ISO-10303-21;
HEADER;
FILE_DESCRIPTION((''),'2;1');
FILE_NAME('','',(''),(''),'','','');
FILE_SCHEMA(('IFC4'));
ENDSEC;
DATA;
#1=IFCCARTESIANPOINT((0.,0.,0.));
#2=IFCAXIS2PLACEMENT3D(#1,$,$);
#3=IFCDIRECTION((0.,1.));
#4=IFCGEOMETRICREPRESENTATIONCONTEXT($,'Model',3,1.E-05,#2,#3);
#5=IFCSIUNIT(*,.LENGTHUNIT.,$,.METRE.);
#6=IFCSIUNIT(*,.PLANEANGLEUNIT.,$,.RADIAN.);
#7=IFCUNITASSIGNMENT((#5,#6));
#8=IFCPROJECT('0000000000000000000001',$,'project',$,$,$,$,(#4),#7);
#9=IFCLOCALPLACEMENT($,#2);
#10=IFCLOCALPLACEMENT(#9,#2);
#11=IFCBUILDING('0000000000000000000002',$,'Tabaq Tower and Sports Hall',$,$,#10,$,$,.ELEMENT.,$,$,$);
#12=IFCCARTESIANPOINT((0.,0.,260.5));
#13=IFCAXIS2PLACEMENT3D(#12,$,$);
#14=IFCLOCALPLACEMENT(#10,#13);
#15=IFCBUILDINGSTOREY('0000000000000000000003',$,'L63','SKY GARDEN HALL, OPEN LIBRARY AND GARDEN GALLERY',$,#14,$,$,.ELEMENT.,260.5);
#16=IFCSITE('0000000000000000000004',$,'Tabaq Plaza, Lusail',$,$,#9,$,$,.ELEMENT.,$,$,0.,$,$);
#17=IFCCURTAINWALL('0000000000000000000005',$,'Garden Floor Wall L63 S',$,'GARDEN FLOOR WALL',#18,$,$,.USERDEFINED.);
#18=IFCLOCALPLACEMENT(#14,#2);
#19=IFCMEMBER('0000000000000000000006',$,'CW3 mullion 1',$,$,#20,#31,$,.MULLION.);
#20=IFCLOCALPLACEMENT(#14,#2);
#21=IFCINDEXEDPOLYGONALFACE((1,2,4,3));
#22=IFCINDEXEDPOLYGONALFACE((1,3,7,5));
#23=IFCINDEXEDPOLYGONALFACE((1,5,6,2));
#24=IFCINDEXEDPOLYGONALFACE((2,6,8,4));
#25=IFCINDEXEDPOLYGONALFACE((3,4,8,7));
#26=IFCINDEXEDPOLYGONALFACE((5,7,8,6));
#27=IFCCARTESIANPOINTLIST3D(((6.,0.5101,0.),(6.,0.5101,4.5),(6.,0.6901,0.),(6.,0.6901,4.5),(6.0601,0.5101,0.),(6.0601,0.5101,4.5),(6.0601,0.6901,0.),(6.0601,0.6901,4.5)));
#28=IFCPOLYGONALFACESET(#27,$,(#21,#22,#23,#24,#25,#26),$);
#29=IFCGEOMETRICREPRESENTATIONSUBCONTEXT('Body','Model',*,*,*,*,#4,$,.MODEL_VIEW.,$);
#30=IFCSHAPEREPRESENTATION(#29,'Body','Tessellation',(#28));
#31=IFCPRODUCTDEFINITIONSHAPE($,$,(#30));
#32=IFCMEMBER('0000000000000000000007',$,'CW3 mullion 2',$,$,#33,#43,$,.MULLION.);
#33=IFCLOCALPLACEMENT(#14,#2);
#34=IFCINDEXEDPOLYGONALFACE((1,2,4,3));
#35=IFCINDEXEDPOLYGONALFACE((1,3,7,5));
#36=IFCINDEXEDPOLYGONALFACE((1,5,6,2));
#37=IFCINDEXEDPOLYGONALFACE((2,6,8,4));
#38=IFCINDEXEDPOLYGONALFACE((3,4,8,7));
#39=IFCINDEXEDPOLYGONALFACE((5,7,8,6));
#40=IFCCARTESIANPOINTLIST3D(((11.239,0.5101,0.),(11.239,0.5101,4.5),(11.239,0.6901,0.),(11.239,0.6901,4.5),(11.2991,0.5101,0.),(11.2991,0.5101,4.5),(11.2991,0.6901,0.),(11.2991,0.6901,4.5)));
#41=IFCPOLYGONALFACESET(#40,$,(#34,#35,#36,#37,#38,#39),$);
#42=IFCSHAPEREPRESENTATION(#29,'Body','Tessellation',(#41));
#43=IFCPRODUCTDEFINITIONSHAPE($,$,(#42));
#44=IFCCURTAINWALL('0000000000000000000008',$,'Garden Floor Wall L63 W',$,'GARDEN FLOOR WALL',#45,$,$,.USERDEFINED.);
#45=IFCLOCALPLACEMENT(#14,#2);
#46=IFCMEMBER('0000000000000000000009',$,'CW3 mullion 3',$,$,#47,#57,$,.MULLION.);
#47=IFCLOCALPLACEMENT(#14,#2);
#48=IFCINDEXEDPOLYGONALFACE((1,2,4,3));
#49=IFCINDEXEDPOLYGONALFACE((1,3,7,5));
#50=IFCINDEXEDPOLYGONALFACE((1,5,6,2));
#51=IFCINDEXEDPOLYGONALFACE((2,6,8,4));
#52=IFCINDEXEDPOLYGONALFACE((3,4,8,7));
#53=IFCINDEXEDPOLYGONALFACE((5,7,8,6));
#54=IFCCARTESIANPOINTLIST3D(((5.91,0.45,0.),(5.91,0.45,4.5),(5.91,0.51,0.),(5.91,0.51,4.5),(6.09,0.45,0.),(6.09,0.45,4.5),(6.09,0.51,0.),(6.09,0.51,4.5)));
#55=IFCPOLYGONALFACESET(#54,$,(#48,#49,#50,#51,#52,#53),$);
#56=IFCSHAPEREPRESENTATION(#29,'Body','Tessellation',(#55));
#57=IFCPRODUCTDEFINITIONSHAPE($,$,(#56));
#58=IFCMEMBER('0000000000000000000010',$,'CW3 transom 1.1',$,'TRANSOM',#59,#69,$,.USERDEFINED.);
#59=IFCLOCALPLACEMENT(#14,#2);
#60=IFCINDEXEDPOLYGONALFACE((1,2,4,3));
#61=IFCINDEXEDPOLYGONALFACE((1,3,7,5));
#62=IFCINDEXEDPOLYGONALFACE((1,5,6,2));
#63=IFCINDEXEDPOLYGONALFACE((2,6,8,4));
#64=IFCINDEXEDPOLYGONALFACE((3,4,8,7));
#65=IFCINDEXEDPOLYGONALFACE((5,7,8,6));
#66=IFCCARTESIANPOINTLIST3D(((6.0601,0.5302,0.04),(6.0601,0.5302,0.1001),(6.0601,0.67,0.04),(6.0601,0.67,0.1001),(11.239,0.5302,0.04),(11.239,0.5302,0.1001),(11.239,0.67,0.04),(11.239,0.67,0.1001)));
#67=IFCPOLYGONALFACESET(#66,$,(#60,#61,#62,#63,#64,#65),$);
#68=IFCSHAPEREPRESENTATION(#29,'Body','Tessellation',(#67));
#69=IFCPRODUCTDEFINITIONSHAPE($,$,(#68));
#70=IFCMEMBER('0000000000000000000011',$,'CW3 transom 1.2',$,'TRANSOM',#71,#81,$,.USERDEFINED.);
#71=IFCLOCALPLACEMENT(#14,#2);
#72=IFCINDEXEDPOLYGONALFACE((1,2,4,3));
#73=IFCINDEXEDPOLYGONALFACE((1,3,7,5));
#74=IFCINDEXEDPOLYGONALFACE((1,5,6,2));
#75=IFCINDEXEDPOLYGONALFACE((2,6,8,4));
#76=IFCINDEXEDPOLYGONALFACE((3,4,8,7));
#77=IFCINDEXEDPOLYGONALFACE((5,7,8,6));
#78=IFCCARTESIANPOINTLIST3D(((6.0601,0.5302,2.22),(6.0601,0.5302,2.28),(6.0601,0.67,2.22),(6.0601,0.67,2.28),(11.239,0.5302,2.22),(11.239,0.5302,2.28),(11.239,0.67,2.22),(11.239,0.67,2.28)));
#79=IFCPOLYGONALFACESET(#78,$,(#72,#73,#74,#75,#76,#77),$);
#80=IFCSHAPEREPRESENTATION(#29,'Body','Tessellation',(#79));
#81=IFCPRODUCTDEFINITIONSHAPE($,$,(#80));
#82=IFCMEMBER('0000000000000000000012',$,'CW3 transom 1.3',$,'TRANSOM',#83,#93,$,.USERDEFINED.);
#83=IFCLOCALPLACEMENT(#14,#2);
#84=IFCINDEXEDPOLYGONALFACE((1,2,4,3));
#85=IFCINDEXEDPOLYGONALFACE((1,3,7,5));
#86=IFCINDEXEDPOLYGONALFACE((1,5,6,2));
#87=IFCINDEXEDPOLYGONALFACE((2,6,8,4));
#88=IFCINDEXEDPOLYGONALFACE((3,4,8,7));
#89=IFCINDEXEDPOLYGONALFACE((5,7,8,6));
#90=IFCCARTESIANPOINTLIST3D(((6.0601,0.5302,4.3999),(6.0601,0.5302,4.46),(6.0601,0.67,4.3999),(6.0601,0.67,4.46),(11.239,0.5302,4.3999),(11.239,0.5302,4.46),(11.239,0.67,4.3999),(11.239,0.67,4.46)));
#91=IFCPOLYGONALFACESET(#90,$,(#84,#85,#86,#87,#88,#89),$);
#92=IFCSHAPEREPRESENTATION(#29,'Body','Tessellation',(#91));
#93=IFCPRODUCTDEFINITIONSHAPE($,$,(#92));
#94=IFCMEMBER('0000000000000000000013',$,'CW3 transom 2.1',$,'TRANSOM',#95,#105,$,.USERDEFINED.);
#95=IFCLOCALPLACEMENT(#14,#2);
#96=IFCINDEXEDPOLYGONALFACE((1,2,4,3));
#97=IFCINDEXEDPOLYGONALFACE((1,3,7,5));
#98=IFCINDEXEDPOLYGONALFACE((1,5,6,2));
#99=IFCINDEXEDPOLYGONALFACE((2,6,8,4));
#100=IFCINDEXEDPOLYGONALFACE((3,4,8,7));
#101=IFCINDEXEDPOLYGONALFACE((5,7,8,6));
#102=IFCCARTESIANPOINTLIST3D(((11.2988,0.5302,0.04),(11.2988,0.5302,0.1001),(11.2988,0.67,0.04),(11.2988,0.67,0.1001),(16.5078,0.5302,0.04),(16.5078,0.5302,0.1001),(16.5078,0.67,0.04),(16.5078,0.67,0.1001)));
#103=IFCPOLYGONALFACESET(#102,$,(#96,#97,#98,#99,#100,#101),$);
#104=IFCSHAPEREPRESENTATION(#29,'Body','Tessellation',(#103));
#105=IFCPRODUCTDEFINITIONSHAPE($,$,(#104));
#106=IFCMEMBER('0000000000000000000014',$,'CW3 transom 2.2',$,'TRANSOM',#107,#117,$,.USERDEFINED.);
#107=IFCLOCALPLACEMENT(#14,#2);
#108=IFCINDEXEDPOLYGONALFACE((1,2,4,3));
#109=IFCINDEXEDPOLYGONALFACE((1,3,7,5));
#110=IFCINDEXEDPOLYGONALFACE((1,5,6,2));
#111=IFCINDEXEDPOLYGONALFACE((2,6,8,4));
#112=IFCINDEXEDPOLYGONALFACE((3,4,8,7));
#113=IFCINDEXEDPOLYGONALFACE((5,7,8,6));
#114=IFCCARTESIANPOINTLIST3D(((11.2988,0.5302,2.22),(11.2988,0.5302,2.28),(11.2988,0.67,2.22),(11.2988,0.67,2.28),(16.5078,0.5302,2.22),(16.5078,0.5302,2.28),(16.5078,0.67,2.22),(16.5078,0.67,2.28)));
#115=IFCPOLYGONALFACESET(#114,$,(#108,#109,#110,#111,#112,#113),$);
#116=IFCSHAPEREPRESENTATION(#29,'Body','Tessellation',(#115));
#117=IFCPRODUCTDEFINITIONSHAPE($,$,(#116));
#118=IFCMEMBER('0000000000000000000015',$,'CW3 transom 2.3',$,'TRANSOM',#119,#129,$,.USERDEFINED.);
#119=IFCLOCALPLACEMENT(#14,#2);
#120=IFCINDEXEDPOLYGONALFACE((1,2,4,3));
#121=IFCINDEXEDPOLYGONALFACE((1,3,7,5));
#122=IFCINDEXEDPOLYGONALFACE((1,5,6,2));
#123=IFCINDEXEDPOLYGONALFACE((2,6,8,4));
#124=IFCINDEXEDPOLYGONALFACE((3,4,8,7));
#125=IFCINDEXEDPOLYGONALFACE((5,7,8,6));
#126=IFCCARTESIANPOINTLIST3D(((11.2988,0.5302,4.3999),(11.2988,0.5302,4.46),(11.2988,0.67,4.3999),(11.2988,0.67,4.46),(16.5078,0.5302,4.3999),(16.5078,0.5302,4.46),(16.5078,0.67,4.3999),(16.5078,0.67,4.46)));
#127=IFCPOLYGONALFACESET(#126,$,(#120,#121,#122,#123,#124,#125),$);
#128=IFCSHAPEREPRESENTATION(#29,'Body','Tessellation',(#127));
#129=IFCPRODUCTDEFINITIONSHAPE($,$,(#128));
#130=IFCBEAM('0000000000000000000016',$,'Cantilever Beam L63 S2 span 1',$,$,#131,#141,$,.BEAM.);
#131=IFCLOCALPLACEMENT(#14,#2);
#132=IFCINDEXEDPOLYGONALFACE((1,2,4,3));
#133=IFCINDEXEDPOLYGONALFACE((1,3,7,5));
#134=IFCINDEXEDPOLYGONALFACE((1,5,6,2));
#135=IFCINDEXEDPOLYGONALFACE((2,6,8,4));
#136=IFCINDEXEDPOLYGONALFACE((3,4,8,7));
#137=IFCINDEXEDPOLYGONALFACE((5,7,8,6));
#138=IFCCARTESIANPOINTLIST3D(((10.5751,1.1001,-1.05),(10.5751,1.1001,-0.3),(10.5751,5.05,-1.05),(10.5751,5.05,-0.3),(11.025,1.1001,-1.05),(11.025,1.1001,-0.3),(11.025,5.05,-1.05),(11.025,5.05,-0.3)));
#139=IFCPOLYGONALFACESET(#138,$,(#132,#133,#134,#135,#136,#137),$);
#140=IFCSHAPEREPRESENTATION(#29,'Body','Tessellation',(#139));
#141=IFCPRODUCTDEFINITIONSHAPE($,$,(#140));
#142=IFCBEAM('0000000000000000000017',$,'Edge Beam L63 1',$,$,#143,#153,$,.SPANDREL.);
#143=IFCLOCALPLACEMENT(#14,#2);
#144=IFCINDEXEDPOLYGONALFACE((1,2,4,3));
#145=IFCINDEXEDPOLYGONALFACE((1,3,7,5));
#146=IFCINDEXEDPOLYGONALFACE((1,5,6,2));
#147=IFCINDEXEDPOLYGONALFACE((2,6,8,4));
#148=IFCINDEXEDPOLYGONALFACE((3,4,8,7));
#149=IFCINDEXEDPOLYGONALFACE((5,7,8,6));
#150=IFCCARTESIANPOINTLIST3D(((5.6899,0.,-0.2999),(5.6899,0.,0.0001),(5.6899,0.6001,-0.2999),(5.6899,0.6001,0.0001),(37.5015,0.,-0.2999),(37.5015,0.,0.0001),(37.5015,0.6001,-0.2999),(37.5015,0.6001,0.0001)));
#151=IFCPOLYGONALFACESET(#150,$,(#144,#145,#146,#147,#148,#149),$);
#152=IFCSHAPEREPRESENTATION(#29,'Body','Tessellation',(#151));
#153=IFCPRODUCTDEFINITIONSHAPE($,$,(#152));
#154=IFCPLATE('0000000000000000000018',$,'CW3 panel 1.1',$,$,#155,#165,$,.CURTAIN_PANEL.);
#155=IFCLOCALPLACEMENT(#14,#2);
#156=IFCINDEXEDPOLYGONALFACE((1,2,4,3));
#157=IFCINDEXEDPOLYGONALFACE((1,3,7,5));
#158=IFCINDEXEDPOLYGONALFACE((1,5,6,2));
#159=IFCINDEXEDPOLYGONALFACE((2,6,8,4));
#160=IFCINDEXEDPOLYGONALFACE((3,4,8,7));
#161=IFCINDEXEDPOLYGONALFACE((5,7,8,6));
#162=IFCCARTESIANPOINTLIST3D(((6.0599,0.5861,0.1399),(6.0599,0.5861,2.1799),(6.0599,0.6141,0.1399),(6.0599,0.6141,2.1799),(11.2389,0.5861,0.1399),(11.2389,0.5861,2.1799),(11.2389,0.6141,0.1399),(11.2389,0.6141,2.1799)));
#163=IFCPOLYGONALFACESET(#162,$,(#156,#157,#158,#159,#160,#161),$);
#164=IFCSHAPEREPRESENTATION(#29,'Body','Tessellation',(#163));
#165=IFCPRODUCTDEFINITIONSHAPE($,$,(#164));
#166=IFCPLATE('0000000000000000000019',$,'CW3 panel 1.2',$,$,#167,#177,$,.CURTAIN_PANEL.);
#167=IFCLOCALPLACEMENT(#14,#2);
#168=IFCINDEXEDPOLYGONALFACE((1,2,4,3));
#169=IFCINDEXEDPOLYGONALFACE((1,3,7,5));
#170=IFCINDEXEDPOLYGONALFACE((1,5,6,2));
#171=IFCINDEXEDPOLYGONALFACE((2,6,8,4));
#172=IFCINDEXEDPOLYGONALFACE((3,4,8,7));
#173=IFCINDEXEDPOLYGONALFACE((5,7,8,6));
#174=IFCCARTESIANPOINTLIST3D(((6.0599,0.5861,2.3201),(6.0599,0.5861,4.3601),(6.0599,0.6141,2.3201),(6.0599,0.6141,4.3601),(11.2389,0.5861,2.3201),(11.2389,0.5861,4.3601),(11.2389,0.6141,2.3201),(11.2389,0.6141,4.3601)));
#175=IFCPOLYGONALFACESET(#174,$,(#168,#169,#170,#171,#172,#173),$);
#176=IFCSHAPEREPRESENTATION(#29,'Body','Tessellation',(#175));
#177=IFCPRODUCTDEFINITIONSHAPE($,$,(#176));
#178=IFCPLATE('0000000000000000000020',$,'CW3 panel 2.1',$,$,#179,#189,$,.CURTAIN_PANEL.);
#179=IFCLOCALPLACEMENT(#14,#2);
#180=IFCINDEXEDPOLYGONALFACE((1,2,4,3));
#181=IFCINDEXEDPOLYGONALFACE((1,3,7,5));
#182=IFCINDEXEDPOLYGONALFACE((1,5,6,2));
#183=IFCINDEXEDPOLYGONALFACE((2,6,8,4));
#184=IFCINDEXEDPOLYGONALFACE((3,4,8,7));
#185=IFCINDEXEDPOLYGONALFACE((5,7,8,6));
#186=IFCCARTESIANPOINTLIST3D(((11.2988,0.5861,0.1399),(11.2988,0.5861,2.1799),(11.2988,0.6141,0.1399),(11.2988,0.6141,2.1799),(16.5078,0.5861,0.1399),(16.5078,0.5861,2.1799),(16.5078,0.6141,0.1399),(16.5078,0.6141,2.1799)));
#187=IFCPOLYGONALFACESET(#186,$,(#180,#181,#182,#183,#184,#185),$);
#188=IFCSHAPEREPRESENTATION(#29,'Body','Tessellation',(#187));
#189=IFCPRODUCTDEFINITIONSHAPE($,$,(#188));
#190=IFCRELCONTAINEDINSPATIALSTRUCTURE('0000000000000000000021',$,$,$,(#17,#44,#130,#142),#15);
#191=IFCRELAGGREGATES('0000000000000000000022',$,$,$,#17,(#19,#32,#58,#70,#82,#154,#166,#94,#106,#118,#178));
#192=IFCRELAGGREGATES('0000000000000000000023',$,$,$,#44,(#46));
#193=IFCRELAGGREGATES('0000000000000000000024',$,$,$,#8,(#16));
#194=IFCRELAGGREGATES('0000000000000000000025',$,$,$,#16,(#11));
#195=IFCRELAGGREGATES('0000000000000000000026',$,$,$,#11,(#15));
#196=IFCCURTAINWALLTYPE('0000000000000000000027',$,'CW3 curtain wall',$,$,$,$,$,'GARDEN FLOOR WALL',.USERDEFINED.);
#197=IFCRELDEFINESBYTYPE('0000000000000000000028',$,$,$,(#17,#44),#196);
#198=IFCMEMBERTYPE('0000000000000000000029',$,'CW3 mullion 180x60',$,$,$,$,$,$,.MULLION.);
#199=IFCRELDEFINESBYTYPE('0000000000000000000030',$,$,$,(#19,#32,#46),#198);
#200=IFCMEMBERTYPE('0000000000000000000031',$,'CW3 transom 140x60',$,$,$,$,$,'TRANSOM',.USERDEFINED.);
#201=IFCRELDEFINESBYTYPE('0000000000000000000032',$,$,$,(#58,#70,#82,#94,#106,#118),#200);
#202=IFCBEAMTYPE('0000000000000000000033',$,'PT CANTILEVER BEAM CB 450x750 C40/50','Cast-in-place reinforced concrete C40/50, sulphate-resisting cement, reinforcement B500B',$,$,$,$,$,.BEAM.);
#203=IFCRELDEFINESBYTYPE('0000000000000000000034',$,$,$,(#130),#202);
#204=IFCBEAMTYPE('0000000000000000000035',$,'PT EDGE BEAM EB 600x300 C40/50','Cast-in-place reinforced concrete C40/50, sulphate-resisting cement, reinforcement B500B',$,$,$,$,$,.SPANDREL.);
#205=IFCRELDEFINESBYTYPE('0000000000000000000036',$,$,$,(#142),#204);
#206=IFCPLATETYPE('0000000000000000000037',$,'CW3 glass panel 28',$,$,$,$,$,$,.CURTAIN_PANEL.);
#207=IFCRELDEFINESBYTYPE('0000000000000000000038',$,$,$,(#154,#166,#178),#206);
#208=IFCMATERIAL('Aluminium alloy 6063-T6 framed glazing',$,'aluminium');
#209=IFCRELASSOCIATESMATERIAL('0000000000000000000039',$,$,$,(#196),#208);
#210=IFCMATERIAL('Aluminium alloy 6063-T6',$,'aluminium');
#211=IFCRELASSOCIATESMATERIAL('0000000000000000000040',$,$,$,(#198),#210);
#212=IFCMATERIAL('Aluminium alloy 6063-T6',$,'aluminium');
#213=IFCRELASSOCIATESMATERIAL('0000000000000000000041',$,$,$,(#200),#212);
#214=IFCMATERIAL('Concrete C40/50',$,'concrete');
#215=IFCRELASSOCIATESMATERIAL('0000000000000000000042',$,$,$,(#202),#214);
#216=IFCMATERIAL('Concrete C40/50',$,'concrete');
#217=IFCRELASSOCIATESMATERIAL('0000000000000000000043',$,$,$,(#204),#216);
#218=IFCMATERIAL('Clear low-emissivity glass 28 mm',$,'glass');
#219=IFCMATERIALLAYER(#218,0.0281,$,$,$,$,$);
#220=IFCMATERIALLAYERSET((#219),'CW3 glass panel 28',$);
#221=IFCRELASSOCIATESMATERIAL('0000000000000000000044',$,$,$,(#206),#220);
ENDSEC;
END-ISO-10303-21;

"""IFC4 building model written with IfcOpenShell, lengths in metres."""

from ifc_helpers import new_model, si_unit, direction, frame, origin, origin_2d, place, context, subcontext, project, spatial, rectangle, extrude, material, layer, layer_set, material_profile, profile_set, type_object, element, aggregate, save


model = new_model("IFC4")

# Units and contexts
model_context = context("Model", 3, precision=1e-05, world=origin(), true_north=direction((0.0, 1.0)))
body_context = subcontext(model_context, "Body", "Model", "MODEL_VIEW")
ifc_project = project(units=[si_unit("LENGTHUNIT", "METRE"), si_unit("PLANEANGLEUNIT", "RADIAN")], contexts=[model_context])

# Site, building, storey
site_placement = place(None, origin())
site = spatial("IfcSite", under=ifc_project, at=site_placement, Name="Tabaq Plaza, Lusail", CompositionType="ELEMENT", RefElevation=0.0)
building_placement = place(site_placement, origin())
building = spatial("IfcBuilding", under=site, at=building_placement, Name="Tabaq Tower and Sports Hall", CompositionType="ELEMENT")
storey_placement = place(building_placement, frame((0.0, 0.0, 260.5)))
storey = spatial("IfcBuildingStorey", under=building, at=storey_placement, Name="L63", Description="SKY GARDEN HALL, OPEN LIBRARY AND GARDEN GALLERY", CompositionType="ELEMENT", Elevation=260.5)

# Curtain wall, members
ifc_material_1 = material(Name="Aluminium alloy 6063-T6 framed glazing", Category="aluminium")
curtain_wall_type = type_object("IfcCurtainWallType", Name="CW3 curtain wall", ElementType="GARDEN FLOOR WALL", PredefinedType="USERDEFINED", material=ifc_material_1)
curtain_wall_1_placement = place(storey_placement, origin())
curtain_wall_1 = element("IfcCurtainWall", 1, at=curtain_wall_1_placement, inside=storey, type_object=curtain_wall_type, Name="Garden Floor Wall L63 S", ObjectType="GARDEN FLOOR WALL", PredefinedType="USERDEFINED")
ifc_material_2 = material(Name="Aluminium alloy 6063-T6", Category="aluminium")
ifc_material_profile_1 = material_profile(ifc_material_2, rectangle(XDim=0.1799, YDim=0.0601, at=origin_2d()), Name="MULLION 180x60")
ifc_profile_set_1 = profile_set([ifc_material_profile_1], Name="Aluminium alloy 6063-T6")
member_type_1 = type_object("IfcMemberType", Name="CW3 mullion 180x60", PredefinedType="MULLION", material=ifc_profile_set_1)
member_1_placement = place(storey_placement, frame((6.03, 0.6001, 0.0), z_axis=(0.0, 0.0, 1.0), x_axis=(0.0, 1.0, 0.0)))
member_1 = element("IfcMember", 2, at=member_1_placement, type_object=member_type_1, Name="CW3 mullion 1", PredefinedType="MULLION", context=body_context, shape_type="SweptSolid", body=[
    extrude(rectangle(XDim=0.1799, YDim=0.0601, at=origin_2d()), origin(), (0.0, 0.0, 1.0), 4.5),
])
member_2_placement = place(storey_placement, frame((11.269, 0.6001, 0.0), z_axis=(0.0, 0.0, 1.0), x_axis=(0.0, 1.0, 0.0)))
member_2 = element("IfcMember", 3, at=member_2_placement, type_object=member_type_1, Name="CW3 mullion 2", PredefinedType="MULLION", context=body_context, shape_type="SweptSolid", body=[
    extrude(rectangle(XDim=0.1799, YDim=0.0601, at=origin_2d()), origin(), (0.0, 0.0, 1.0), 4.5),
])

# Curtain wall, member
curtain_wall_2_placement = place(storey_placement, origin())
curtain_wall_2 = element("IfcCurtainWall", 4, at=curtain_wall_2_placement, inside=storey, type_object=curtain_wall_type, Name="Garden Floor Wall L63 W", ObjectType="GARDEN FLOOR WALL", PredefinedType="USERDEFINED")
member_3_placement = place(storey_placement, frame((6.0, 0.48, 0.0), z_axis=(0.0, 0.0, 1.0), x_axis=(1.0, 0.0, 0.0)))
member_3 = element("IfcMember", 5, at=member_3_placement, type_object=member_type_1, Name="CW3 mullion 3", PredefinedType="MULLION", context=body_context, shape_type="SweptSolid", body=[
    extrude(rectangle(XDim=0.1799, YDim=0.0601, at=origin_2d()), origin(), (0.0, 0.0, 1.0), 4.5),
])

# Members
ifc_material_3 = material(Name="Aluminium alloy 6063-T6", Category="aluminium")
ifc_material_profile_2 = material_profile(ifc_material_3, rectangle(XDim=0.1399, YDim=0.0601, at=origin_2d()), Name="TRANSOM 140x60")
ifc_profile_set_2 = profile_set([ifc_material_profile_2], Name="Aluminium alloy 6063-T6")
member_type_2 = type_object("IfcMemberType", Name="CW3 transom 140x60", ElementType="TRANSOM", PredefinedType="USERDEFINED", material=ifc_profile_set_2)
member_4_placement = place(storey_placement, frame((6.0601, 0.6001, 0.0701), z_axis=(1.0, 0.0, 0.0), x_axis=(0.0, 1.0, 0.0)))
member_4 = element("IfcMember", 6, at=member_4_placement, type_object=member_type_2, Name="CW3 transom 1.1", ObjectType="TRANSOM", PredefinedType="USERDEFINED", context=body_context, shape_type="SweptSolid", body=[
    extrude(rectangle(XDim=0.1399, YDim=0.0601, at=origin_2d()), origin(), (0.0, 0.0, 1.0), 5.179),
])
member_5_placement = place(storey_placement, frame((6.0601, 0.6001, 2.25), z_axis=(1.0, 0.0, 0.0), x_axis=(0.0, 1.0, 0.0)))
member_5 = element("IfcMember", 7, at=member_5_placement, type_object=member_type_2, Name="CW3 transom 1.2", ObjectType="TRANSOM", PredefinedType="USERDEFINED", context=body_context, shape_type="SweptSolid", body=[
    extrude(rectangle(XDim=0.1399, YDim=0.0601, at=origin_2d()), origin(), (0.0, 0.0, 1.0), 5.179),
])
member_6_placement = place(storey_placement, frame((6.0601, 0.6001, 4.4299), z_axis=(1.0, 0.0, 0.0), x_axis=(0.0, 1.0, 0.0)))
member_6 = element("IfcMember", 8, at=member_6_placement, type_object=member_type_2, Name="CW3 transom 1.3", ObjectType="TRANSOM", PredefinedType="USERDEFINED", context=body_context, shape_type="SweptSolid", body=[
    extrude(rectangle(XDim=0.1399, YDim=0.0601, at=origin_2d()), origin(), (0.0, 0.0, 1.0), 5.179),
])
member_7_placement = place(storey_placement, frame((11.2988, 0.6001, 0.0701), z_axis=(1.0, 0.0, 0.0), x_axis=(0.0, 1.0, 0.0)))
member_7 = element("IfcMember", 9, at=member_7_placement, type_object=member_type_2, Name="CW3 transom 2.1", ObjectType="TRANSOM", PredefinedType="USERDEFINED", context=body_context, shape_type="SweptSolid", body=[
    extrude(rectangle(XDim=0.1399, YDim=0.0601, at=origin_2d()), origin(), (0.0, 0.0, 1.0), 5.209),
])
member_8_placement = place(storey_placement, frame((11.2988, 0.6001, 2.25), z_axis=(1.0, 0.0, 0.0), x_axis=(0.0, 1.0, 0.0)))
member_8 = element("IfcMember", 10, at=member_8_placement, type_object=member_type_2, Name="CW3 transom 2.2", ObjectType="TRANSOM", PredefinedType="USERDEFINED", context=body_context, shape_type="SweptSolid", body=[
    extrude(rectangle(XDim=0.1399, YDim=0.0601, at=origin_2d()), origin(), (0.0, 0.0, 1.0), 5.209),
])
member_9_placement = place(storey_placement, frame((11.2988, 0.6001, 4.4299), z_axis=(1.0, 0.0, 0.0), x_axis=(0.0, 1.0, 0.0)))
member_9 = element("IfcMember", 11, at=member_9_placement, type_object=member_type_2, Name="CW3 transom 2.3", ObjectType="TRANSOM", PredefinedType="USERDEFINED", context=body_context, shape_type="SweptSolid", body=[
    extrude(rectangle(XDim=0.1399, YDim=0.0601, at=origin_2d()), origin(), (0.0, 0.0, 1.0), 5.209),
])

# Beams
ifc_material_4 = material(Name="Concrete C40/50", Category="concrete")
ifc_material_profile_3 = material_profile(ifc_material_4, rectangle(XDim=0.45, YDim=0.75, at=origin_2d()), Name="CB 450x750")
ifc_profile_set_3 = profile_set([ifc_material_profile_3], Name="Concrete C40/50")
beam_type_1 = type_object("IfcBeamType", Name="PT CANTILEVER BEAM CB 450x750 C40/50", Description="Cast-in-place reinforced concrete C40/50, sulphate-resisting cement, reinforcement B500B", PredefinedType="BEAM", material=ifc_profile_set_3)
beam_1_placement = place(storey_placement, frame((10.8, 1.1001, -0.675), z_axis=(0.0, 1.0, 0.0), x_axis=(-1.0, 0.0, 0.0)))
element("IfcBeam", 12, at=beam_1_placement, inside=storey, type_object=beam_type_1, Name="Cantilever Beam L63 S2 span 1", PredefinedType="BEAM", context=body_context, shape_type="SweptSolid", body=[
    extrude(rectangle(XDim=0.45, YDim=0.75, at=origin_2d()), origin(), (0.0, 0.0, 1.0), 3.95),
])
ifc_material_5 = material(Name="Concrete C40/50", Category="concrete")
ifc_material_profile_4 = material_profile(ifc_material_5, rectangle(XDim=0.6001, YDim=0.3, at=origin_2d()), Name="EB 600x300")
ifc_profile_set_4 = profile_set([ifc_material_profile_4], Name="Concrete C40/50")
beam_type_2 = type_object("IfcBeamType", Name="PT EDGE BEAM EB 600x300 C40/50", Description="Cast-in-place reinforced concrete C40/50, sulphate-resisting cement, reinforcement B500B", PredefinedType="SPANDREL", material=ifc_profile_set_4)
beam_2_placement = place(storey_placement, frame((5.6899, 0.3, -0.1499), z_axis=(1.0, 0.0, 0.0), x_axis=(0.0, 1.0, 0.0)))
element("IfcBeam", 13, at=beam_2_placement, inside=storey, type_object=beam_type_2, Name="Edge Beam L63 1", PredefinedType="SPANDREL", context=body_context, shape_type="SweptSolid", body=[
    extrude(rectangle(XDim=0.6001, YDim=0.3, at=origin_2d()), origin(), (0.0, 0.0, 1.0), 31.8115),
])

# Plates
ifc_material_6 = material(Name="Clear low-emissivity glass 28 mm", Category="glass")
ifc_layer_1 = layer(ifc_material_6, 0.0281)
ifc_layer_set_1 = layer_set([ifc_layer_1], Name="CW3 glass panel 28")
plate_type_1 = type_object("IfcPlateType", Name="CW3 glass panel 28", PredefinedType="CURTAIN_PANEL", material=ifc_layer_set_1)
plate_1_placement = place(storey_placement, frame((8.6494, 0.6001, 0.1399), z_axis=(0.0, 0.0, 1.0), x_axis=(1.0, 0.0, 0.0)))
plate_1 = element("IfcPlate", 14, at=plate_1_placement, type_object=plate_type_1, Name="CW3 panel 1.1", PredefinedType="CURTAIN_PANEL", context=body_context, shape_type="SweptSolid", body=[
    extrude(rectangle(XDim=5.179, YDim=0.0281, at=origin_2d()), origin(), (0.0, 0.0, 1.0), 2.04),
])
plate_2_placement = place(storey_placement, frame((8.6494, 0.6001, 2.3201), z_axis=(0.0, 0.0, 1.0), x_axis=(1.0, 0.0, 0.0)))
plate_2 = element("IfcPlate", 15, at=plate_2_placement, type_object=plate_type_1, Name="CW3 panel 1.2", PredefinedType="CURTAIN_PANEL", context=body_context, shape_type="SweptSolid", body=[
    extrude(rectangle(XDim=5.179, YDim=0.0281, at=origin_2d()), origin(), (0.0, 0.0, 1.0), 2.04),
])
plate_3_placement = place(storey_placement, frame((13.9033, 0.6001, 0.1399), z_axis=(0.0, 0.0, 1.0), x_axis=(1.0, 0.0, 0.0)))
plate_3 = element("IfcPlate", 16, at=plate_3_placement, type_object=plate_type_1, Name="CW3 panel 2.1", PredefinedType="CURTAIN_PANEL", context=body_context, shape_type="SweptSolid", body=[
    extrude(rectangle(XDim=5.209, YDim=0.0281, at=origin_2d()), origin(), (0.0, 0.0, 1.0), 2.04),
])
aggregate(curtain_wall_1, [member_1, member_2, member_4, member_5, member_6, plate_1, plate_2, member_7, member_8, member_9, plate_3])
aggregate(curtain_wall_2, [member_3])

save(model, "model.ifc")
